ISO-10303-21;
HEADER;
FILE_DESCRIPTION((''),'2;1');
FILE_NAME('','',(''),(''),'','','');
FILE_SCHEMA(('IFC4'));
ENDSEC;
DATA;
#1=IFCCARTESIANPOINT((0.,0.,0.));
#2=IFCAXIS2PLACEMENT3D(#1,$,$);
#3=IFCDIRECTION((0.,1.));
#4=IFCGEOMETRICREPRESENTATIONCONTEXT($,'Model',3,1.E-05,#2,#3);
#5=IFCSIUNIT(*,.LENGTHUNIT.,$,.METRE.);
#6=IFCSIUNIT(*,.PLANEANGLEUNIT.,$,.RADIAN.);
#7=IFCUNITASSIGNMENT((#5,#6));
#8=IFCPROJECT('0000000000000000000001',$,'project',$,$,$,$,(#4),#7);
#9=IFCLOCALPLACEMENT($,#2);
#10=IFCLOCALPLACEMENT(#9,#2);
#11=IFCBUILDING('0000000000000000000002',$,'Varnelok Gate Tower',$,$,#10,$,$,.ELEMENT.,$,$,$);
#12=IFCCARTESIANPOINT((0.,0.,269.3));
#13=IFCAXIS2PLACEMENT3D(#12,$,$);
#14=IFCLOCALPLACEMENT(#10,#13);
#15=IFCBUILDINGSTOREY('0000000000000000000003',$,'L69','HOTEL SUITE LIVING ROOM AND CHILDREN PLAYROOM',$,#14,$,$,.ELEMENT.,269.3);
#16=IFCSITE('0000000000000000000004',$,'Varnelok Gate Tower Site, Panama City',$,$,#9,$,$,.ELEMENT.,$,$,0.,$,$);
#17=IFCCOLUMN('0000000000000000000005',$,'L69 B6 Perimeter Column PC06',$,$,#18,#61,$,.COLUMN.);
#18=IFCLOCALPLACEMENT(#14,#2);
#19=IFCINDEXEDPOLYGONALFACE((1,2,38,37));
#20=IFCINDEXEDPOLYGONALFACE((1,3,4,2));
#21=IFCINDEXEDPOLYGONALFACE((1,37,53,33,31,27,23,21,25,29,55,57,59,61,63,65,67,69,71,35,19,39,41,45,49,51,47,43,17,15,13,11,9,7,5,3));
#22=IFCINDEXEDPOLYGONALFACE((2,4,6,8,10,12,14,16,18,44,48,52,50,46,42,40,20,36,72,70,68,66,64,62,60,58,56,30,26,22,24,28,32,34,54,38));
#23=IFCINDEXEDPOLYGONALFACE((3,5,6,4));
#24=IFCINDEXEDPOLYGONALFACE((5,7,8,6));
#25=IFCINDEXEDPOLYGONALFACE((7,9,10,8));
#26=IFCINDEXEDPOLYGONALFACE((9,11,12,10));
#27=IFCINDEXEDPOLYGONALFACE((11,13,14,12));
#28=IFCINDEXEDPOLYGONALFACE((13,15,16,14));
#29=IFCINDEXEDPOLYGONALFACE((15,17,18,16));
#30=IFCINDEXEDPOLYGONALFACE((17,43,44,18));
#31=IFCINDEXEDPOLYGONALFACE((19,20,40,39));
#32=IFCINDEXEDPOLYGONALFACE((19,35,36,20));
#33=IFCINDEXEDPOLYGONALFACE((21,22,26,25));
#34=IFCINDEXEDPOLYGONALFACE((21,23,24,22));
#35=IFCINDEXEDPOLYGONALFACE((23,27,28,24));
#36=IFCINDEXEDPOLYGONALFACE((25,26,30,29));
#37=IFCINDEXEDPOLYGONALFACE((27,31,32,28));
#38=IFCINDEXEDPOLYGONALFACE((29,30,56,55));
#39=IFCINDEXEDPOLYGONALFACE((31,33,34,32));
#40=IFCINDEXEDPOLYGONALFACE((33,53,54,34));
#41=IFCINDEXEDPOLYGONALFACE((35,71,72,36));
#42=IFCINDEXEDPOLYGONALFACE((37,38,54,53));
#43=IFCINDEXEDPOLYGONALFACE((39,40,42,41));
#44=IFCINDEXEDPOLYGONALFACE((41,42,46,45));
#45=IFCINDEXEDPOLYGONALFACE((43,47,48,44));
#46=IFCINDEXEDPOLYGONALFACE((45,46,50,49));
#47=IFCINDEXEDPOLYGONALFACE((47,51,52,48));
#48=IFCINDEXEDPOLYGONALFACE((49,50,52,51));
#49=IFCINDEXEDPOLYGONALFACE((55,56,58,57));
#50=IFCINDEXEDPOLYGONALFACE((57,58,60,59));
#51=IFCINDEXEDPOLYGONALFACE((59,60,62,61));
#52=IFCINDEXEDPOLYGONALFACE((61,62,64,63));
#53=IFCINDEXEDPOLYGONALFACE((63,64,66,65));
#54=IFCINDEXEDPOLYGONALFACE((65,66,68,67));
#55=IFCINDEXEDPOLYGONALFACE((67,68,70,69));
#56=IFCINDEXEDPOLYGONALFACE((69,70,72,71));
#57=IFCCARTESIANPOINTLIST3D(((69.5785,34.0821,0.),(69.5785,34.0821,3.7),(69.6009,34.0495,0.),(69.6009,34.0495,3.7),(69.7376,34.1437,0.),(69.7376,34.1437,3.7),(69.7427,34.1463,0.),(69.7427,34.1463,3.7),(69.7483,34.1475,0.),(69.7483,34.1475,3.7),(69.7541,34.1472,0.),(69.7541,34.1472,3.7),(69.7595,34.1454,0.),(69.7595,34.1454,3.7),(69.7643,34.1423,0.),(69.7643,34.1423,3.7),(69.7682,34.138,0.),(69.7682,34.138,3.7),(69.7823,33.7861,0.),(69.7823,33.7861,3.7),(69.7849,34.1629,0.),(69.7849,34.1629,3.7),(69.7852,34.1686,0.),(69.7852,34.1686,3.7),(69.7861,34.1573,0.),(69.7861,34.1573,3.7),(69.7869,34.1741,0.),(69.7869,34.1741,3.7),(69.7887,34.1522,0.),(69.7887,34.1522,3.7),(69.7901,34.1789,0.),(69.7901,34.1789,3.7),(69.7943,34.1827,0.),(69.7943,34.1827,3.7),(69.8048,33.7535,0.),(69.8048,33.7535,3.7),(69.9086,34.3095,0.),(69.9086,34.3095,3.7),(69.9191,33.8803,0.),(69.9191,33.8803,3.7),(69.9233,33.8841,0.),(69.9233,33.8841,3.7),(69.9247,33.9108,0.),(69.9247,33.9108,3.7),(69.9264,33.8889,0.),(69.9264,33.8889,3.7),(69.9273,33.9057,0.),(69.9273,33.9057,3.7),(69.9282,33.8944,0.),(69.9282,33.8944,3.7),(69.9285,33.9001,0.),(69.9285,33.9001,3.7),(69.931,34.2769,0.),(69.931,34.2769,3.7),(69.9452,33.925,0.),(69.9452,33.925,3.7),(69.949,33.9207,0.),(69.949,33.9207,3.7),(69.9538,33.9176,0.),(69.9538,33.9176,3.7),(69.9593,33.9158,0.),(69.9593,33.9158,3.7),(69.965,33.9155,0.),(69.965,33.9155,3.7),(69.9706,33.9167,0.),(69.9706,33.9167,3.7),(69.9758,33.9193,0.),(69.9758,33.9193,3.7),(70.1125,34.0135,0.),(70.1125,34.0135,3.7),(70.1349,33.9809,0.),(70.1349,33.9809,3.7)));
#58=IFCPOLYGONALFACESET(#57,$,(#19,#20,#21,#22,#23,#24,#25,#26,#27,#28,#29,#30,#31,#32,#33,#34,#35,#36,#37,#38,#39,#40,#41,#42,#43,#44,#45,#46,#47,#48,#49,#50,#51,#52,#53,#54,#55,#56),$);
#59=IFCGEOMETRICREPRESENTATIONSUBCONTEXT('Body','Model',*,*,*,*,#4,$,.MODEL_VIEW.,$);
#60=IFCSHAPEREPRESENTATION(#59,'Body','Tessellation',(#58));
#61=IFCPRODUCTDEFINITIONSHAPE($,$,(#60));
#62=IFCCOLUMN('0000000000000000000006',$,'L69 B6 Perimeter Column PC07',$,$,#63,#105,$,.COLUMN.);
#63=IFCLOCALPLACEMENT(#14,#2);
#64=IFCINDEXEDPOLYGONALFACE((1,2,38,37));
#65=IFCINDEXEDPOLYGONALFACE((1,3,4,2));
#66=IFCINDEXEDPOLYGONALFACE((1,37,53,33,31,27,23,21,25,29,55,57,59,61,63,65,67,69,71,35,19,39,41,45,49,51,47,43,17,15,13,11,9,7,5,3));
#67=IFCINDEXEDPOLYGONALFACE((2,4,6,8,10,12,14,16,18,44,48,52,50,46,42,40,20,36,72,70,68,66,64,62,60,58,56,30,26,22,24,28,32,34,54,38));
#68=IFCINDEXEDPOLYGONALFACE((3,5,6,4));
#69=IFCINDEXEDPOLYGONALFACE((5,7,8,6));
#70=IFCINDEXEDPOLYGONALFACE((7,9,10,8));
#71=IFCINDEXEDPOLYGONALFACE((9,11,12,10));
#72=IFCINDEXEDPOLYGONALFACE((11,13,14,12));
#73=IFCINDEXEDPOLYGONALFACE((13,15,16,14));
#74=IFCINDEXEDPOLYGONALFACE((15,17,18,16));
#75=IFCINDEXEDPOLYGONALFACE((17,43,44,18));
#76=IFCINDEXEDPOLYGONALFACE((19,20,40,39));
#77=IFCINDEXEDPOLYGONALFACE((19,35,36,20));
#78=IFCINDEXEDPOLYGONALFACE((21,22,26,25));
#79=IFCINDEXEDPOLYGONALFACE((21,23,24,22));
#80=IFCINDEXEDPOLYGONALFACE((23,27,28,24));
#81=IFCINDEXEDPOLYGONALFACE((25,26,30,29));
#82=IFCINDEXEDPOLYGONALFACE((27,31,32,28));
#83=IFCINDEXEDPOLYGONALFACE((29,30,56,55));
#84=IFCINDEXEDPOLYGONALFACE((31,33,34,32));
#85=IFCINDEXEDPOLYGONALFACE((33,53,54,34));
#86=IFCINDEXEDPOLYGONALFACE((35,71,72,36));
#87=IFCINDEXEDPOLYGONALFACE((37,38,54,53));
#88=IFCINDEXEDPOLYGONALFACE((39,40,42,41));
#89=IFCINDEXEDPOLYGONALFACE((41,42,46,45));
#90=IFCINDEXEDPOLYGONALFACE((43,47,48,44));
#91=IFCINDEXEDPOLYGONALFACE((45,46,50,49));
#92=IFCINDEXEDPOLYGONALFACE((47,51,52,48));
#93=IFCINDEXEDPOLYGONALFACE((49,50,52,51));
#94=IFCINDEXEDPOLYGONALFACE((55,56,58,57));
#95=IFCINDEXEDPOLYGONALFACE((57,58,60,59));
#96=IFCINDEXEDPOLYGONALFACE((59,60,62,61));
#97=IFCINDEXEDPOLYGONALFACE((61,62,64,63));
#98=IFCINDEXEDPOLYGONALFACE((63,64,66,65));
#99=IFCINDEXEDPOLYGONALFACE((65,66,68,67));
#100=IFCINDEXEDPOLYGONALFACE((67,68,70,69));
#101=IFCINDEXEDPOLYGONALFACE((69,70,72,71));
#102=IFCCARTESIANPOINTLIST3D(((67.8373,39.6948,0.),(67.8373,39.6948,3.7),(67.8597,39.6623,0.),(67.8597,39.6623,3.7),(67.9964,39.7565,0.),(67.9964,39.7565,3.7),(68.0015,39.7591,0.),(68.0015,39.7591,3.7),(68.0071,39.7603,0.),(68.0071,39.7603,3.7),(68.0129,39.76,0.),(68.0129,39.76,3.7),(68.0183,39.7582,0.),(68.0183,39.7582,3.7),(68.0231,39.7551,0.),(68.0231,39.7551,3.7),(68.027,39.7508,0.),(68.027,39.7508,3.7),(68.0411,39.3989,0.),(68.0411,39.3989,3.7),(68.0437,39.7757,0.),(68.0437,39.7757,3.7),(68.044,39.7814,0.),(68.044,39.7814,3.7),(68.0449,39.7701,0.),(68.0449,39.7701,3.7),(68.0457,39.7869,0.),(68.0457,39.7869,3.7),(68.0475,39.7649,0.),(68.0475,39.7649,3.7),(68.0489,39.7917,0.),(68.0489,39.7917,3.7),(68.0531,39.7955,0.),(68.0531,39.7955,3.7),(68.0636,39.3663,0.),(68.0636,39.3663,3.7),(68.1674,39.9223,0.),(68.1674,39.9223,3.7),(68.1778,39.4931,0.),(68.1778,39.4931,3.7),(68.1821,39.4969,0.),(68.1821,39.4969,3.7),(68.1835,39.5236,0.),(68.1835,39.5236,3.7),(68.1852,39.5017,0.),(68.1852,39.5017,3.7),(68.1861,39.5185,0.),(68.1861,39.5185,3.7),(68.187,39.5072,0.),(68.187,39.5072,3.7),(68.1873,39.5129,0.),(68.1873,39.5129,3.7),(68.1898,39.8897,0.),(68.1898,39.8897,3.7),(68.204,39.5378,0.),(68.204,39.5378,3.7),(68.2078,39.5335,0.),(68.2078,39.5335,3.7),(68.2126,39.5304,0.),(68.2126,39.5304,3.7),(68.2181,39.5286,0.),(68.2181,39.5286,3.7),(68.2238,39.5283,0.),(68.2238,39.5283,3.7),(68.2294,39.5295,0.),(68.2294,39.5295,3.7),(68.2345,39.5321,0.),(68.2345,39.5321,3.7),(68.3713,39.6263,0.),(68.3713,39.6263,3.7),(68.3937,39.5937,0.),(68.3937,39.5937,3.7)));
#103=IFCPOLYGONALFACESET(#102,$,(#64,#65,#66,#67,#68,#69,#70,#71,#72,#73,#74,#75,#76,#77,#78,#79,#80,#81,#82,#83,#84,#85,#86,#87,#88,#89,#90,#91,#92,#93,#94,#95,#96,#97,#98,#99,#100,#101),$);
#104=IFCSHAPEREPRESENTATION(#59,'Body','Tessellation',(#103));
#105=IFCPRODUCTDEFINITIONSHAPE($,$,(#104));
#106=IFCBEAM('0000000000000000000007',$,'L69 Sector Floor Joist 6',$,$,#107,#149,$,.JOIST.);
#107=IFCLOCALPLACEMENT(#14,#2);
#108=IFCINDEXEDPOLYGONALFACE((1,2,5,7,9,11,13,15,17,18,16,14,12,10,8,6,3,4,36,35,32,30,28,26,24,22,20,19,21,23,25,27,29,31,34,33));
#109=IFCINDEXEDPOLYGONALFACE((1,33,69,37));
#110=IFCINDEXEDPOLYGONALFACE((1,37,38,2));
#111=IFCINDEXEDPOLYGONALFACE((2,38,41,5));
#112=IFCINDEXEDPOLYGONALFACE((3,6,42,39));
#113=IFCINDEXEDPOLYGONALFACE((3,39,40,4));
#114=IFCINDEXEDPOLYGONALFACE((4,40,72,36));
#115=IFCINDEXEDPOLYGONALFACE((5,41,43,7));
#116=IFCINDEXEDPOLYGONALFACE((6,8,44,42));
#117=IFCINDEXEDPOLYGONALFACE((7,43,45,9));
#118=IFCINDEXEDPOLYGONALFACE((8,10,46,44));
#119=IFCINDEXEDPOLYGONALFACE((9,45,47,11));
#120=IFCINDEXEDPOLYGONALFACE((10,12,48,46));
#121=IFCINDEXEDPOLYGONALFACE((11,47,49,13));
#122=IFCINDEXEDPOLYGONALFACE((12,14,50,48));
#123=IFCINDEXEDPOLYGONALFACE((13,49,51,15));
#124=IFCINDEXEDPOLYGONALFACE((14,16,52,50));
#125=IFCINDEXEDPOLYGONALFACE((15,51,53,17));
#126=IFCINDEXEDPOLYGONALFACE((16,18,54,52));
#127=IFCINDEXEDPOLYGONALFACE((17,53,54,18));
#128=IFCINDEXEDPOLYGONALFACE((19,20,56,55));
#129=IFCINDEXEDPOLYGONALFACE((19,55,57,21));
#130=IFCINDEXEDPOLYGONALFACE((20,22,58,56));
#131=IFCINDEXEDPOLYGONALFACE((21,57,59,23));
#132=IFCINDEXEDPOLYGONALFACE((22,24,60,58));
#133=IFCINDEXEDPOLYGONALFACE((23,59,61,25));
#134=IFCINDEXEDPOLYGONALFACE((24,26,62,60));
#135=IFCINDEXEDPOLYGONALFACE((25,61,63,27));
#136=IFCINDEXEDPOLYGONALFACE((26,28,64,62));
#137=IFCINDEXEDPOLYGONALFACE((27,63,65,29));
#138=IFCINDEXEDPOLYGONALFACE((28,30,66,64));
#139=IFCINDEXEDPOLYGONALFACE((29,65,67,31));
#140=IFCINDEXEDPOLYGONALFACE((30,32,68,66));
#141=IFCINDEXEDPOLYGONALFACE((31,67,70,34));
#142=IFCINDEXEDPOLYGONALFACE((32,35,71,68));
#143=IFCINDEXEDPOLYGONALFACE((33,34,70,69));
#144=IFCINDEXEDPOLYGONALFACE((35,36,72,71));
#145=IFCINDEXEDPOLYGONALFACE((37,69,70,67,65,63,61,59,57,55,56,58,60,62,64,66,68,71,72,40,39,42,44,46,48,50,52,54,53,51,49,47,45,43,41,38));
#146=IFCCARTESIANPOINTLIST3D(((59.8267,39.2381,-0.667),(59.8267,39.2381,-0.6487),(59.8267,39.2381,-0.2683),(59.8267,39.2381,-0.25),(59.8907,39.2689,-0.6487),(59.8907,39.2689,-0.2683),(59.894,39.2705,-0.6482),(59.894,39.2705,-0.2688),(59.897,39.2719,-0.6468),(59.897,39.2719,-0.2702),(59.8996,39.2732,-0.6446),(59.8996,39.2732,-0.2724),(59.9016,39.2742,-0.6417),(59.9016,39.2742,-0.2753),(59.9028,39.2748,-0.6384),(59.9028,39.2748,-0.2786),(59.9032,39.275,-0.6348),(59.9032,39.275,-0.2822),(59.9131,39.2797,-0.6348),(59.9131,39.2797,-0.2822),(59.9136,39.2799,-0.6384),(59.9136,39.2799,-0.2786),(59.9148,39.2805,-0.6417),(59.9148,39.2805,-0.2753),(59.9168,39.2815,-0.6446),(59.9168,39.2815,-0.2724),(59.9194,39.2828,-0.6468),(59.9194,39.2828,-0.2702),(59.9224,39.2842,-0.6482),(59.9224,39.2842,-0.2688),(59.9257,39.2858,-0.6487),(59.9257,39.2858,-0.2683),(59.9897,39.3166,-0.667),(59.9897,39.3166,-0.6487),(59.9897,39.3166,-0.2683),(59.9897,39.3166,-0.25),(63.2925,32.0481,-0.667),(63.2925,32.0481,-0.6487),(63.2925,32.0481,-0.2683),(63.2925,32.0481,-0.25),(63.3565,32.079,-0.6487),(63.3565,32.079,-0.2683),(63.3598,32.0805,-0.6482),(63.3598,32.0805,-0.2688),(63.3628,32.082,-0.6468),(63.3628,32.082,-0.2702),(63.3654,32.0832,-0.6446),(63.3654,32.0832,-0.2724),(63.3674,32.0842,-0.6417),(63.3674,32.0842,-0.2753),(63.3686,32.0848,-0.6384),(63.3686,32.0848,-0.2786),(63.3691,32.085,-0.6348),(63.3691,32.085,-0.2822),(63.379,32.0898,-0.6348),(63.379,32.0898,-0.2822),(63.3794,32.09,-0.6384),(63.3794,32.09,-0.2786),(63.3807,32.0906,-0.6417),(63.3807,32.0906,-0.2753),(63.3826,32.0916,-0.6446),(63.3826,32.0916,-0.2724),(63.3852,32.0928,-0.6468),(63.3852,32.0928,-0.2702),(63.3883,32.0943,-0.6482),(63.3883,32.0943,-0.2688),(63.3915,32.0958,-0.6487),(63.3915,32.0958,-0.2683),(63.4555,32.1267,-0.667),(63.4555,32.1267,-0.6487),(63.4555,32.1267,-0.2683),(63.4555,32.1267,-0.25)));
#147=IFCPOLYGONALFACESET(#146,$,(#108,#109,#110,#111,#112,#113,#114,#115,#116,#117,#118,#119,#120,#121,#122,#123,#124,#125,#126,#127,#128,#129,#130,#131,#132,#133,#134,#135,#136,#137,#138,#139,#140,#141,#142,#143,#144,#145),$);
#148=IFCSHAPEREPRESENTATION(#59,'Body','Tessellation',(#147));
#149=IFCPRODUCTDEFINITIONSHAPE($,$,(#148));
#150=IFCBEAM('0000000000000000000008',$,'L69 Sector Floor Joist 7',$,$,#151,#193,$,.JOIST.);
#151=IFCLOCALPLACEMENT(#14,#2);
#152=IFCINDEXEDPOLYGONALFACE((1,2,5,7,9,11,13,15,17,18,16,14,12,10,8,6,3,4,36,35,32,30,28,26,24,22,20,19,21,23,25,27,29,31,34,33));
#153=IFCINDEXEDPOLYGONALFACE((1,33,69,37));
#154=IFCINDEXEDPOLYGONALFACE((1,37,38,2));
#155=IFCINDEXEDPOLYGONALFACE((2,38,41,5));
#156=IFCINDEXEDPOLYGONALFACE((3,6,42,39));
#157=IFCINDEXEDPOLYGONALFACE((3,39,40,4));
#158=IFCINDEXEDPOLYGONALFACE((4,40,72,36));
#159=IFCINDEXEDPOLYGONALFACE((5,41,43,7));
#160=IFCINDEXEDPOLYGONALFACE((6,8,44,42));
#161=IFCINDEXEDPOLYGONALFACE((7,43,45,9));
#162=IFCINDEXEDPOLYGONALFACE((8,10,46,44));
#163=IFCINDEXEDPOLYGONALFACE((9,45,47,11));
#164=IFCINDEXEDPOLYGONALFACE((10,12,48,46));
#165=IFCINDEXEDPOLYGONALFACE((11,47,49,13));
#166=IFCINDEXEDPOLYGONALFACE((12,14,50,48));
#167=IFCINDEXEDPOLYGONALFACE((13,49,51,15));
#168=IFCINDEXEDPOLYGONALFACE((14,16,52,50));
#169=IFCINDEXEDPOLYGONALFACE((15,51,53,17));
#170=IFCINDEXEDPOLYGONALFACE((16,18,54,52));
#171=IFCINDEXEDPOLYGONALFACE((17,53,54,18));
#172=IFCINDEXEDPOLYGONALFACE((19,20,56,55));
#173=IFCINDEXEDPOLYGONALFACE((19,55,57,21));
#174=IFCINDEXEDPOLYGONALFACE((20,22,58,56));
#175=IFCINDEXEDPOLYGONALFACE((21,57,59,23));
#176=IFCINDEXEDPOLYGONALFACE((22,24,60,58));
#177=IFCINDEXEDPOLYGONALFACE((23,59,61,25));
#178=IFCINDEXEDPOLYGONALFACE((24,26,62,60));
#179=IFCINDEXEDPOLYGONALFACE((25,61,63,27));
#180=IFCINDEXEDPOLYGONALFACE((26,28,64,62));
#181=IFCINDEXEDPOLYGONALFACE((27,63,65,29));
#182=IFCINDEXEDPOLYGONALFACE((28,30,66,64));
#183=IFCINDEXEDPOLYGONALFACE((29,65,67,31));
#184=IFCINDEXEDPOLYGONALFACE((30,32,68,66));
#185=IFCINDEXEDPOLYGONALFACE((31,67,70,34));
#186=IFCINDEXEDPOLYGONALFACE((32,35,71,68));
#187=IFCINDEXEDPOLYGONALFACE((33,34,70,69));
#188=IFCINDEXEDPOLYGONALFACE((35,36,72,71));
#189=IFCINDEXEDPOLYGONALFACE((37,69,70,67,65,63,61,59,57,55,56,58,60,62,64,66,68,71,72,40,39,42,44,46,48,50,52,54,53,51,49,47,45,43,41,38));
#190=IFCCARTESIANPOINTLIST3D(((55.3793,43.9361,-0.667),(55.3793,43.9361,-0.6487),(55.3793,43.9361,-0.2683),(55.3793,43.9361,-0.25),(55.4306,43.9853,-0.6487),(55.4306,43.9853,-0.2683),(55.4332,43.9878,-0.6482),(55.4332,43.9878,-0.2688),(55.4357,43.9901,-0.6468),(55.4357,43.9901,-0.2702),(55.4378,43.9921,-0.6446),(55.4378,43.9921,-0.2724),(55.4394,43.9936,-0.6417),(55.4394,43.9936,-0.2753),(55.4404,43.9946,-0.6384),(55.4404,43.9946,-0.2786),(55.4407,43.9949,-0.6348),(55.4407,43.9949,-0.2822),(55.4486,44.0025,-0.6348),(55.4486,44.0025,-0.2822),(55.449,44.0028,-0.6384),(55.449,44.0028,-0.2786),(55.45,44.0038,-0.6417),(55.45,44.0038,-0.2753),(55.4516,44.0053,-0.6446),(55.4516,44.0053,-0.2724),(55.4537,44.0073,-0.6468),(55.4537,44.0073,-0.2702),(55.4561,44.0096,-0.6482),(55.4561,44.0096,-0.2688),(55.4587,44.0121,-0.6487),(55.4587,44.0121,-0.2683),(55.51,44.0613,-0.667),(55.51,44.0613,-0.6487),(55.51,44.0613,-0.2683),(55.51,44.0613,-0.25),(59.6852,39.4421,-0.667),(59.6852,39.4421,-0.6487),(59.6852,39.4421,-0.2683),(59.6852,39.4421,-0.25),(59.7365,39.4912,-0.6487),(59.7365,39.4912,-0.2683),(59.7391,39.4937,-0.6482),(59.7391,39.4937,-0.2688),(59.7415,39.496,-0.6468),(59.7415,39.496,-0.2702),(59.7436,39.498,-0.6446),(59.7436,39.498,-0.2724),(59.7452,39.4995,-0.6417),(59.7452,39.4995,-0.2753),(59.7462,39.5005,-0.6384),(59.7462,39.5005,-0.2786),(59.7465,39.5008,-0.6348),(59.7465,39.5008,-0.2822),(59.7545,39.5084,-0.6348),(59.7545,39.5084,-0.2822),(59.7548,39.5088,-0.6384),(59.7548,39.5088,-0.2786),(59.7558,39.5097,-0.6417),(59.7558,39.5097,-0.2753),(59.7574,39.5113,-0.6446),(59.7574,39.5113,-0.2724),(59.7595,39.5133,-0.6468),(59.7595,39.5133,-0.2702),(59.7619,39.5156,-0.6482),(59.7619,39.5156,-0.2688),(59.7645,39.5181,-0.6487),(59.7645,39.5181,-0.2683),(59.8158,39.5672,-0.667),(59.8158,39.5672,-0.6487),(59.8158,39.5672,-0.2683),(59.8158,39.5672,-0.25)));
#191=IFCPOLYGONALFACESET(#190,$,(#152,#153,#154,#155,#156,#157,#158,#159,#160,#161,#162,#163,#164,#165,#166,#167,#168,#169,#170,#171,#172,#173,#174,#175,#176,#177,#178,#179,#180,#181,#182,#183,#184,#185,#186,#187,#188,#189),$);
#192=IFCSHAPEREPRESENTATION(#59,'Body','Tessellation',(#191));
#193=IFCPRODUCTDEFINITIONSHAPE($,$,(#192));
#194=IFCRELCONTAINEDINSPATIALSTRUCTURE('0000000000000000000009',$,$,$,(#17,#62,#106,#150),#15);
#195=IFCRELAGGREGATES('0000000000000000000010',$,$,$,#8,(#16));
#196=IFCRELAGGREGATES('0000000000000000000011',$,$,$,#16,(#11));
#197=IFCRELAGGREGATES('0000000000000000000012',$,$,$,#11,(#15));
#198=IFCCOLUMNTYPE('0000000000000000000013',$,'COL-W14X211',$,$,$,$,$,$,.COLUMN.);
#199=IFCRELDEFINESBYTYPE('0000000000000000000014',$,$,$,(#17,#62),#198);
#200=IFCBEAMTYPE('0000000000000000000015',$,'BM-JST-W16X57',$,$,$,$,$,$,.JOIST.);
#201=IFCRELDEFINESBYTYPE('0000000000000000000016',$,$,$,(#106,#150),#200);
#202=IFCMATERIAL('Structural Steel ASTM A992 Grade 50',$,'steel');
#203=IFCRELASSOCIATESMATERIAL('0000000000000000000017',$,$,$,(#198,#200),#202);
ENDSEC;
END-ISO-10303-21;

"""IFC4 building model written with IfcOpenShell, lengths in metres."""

from ifc_helpers import new_model, si_unit, direction, frame, origin, origin_2d, place, context, subcontext, project, spatial, i_section, extrude, material, material_profile, profile_set, type_object, element, save


model = new_model("IFC4")

# Units and contexts
model_context = context("Model", 3, precision=1e-05, world=origin(), true_north=direction((0.0, 1.0)))
body_context = subcontext(model_context, "Body", "Model", "MODEL_VIEW")
ifc_project = project(units=[si_unit("LENGTHUNIT", "METRE"), si_unit("PLANEANGLEUNIT", "RADIAN")], contexts=[model_context])

# Site, building, storey
site_placement = place(None, origin())
site = spatial("IfcSite", under=ifc_project, at=site_placement, Name="Varnelok Gate Tower Site, Panama City", CompositionType="ELEMENT", RefElevation=0.0)
building_placement = place(site_placement, origin())
building = spatial("IfcBuilding", under=site, at=building_placement, Name="Varnelok Gate Tower", CompositionType="ELEMENT")
storey_placement = place(building_placement, frame((0.0, 0.0, 269.3)))
storey = spatial("IfcBuildingStorey", under=building, at=storey_placement, Name="L69", Description="HOTEL SUITE LIVING ROOM AND CHILDREN PLAYROOM", CompositionType="ELEMENT", Elevation=269.3)

# Columns
ifc_material_1 = material(Name="Structural Steel ASTM A992 Grade 50", Category="steel")
ifc_material_profile_1 = material_profile(ifc_material_1, i_section(OverallWidth=0.4009, OverallDepth=0.3989, WebThickness=0.0249, FlangeThickness=0.0396, FilletRadius=0.022, at=origin_2d()), Name="W14X211")
ifc_profile_set_1 = profile_set([ifc_material_profile_1], Name="Structural Steel ASTM A992 Grade 50")
column_type = type_object("IfcColumnType", Name="COL-W14X211", PredefinedType="COLUMN", material=ifc_profile_set_1)
for number, where, z_axis, x_axis, name in (
    (1, (69.8567, 34.0315, 0.0), (0.0, 0.0, 1.0), (0.823533, 0.567269, 0.0), "L69 B6 Perimeter Column PC06"),
    (2, (68.1155, 39.6443, 0.0), (0.0, 0.0, 1.0), (0.823533, 0.567269, 0.0), "L69 B6 Perimeter Column PC07"),
):
    element("IfcColumn", number, at=place(storey_placement, frame(where, z_axis=z_axis, x_axis=x_axis)), inside=storey, type_object=column_type, Name=name, PredefinedType="COLUMN", context=body_context, shape_type="SweptSolid", body=[
        extrude(i_section(OverallWidth=0.4009, OverallDepth=0.3989, WebThickness=0.0249, FlangeThickness=0.0396, FilletRadius=0.022, at=origin_2d()), origin(), (0.0, 0.0, 1.0), 3.7),
    ])

# Beams
ifc_material_profile_2 = material_profile(ifc_material_1, i_section(OverallWidth=0.1809, OverallDepth=0.417, WebThickness=0.011, FlangeThickness=0.0183, FilletRadius=0.0139, at=origin_2d()), Name="W16X57")
ifc_profile_set_2 = profile_set([ifc_material_profile_2], Name="Structural Steel ASTM A992 Grade 50")
beam_type_1 = type_object("IfcBeamType", Name="BM-JST-W16X57", PredefinedType="JOIST", material=ifc_profile_set_2)
beam_1_placement = place(storey_placement, frame((63.374, 32.0874, -0.4585), z_axis=(-0.434222, 0.900806, 0.0), x_axis=(-0.900806, -0.434222, 0.0)))
element("IfcBeam", 3, at=beam_1_placement, inside=storey, type_object=beam_type_1, Name="L69 Sector Floor Joist 6", PredefinedType="JOIST", context=body_context, shape_type="SweptSolid", body=[
    extrude(i_section(OverallWidth=0.1809, OverallDepth=0.417, WebThickness=0.011, FlangeThickness=0.0183, FilletRadius=0.0139, at=origin_2d()), origin(), (0.0, 0.0, 1.0), 7.9817),
])
beam_2_placement = place(storey_placement, frame((59.7505, 39.5046, -0.4585), z_axis=(-0.691824, 0.722067, 0.0), x_axis=(-0.722067, -0.691824, 0.0)))
element("IfcBeam", 4, at=beam_2_placement, inside=storey, type_object=beam_type_1, Name="L69 Sector Floor Joist 7", PredefinedType="JOIST", context=body_context, shape_type="SweptSolid", body=[
    extrude(i_section(OverallWidth=0.1809, OverallDepth=0.417, WebThickness=0.011, FlangeThickness=0.0183, FilletRadius=0.0139, at=origin_2d()), origin(), (0.0, 0.0, 1.0), 6.2239),
])

save(model, "model.ifc")
